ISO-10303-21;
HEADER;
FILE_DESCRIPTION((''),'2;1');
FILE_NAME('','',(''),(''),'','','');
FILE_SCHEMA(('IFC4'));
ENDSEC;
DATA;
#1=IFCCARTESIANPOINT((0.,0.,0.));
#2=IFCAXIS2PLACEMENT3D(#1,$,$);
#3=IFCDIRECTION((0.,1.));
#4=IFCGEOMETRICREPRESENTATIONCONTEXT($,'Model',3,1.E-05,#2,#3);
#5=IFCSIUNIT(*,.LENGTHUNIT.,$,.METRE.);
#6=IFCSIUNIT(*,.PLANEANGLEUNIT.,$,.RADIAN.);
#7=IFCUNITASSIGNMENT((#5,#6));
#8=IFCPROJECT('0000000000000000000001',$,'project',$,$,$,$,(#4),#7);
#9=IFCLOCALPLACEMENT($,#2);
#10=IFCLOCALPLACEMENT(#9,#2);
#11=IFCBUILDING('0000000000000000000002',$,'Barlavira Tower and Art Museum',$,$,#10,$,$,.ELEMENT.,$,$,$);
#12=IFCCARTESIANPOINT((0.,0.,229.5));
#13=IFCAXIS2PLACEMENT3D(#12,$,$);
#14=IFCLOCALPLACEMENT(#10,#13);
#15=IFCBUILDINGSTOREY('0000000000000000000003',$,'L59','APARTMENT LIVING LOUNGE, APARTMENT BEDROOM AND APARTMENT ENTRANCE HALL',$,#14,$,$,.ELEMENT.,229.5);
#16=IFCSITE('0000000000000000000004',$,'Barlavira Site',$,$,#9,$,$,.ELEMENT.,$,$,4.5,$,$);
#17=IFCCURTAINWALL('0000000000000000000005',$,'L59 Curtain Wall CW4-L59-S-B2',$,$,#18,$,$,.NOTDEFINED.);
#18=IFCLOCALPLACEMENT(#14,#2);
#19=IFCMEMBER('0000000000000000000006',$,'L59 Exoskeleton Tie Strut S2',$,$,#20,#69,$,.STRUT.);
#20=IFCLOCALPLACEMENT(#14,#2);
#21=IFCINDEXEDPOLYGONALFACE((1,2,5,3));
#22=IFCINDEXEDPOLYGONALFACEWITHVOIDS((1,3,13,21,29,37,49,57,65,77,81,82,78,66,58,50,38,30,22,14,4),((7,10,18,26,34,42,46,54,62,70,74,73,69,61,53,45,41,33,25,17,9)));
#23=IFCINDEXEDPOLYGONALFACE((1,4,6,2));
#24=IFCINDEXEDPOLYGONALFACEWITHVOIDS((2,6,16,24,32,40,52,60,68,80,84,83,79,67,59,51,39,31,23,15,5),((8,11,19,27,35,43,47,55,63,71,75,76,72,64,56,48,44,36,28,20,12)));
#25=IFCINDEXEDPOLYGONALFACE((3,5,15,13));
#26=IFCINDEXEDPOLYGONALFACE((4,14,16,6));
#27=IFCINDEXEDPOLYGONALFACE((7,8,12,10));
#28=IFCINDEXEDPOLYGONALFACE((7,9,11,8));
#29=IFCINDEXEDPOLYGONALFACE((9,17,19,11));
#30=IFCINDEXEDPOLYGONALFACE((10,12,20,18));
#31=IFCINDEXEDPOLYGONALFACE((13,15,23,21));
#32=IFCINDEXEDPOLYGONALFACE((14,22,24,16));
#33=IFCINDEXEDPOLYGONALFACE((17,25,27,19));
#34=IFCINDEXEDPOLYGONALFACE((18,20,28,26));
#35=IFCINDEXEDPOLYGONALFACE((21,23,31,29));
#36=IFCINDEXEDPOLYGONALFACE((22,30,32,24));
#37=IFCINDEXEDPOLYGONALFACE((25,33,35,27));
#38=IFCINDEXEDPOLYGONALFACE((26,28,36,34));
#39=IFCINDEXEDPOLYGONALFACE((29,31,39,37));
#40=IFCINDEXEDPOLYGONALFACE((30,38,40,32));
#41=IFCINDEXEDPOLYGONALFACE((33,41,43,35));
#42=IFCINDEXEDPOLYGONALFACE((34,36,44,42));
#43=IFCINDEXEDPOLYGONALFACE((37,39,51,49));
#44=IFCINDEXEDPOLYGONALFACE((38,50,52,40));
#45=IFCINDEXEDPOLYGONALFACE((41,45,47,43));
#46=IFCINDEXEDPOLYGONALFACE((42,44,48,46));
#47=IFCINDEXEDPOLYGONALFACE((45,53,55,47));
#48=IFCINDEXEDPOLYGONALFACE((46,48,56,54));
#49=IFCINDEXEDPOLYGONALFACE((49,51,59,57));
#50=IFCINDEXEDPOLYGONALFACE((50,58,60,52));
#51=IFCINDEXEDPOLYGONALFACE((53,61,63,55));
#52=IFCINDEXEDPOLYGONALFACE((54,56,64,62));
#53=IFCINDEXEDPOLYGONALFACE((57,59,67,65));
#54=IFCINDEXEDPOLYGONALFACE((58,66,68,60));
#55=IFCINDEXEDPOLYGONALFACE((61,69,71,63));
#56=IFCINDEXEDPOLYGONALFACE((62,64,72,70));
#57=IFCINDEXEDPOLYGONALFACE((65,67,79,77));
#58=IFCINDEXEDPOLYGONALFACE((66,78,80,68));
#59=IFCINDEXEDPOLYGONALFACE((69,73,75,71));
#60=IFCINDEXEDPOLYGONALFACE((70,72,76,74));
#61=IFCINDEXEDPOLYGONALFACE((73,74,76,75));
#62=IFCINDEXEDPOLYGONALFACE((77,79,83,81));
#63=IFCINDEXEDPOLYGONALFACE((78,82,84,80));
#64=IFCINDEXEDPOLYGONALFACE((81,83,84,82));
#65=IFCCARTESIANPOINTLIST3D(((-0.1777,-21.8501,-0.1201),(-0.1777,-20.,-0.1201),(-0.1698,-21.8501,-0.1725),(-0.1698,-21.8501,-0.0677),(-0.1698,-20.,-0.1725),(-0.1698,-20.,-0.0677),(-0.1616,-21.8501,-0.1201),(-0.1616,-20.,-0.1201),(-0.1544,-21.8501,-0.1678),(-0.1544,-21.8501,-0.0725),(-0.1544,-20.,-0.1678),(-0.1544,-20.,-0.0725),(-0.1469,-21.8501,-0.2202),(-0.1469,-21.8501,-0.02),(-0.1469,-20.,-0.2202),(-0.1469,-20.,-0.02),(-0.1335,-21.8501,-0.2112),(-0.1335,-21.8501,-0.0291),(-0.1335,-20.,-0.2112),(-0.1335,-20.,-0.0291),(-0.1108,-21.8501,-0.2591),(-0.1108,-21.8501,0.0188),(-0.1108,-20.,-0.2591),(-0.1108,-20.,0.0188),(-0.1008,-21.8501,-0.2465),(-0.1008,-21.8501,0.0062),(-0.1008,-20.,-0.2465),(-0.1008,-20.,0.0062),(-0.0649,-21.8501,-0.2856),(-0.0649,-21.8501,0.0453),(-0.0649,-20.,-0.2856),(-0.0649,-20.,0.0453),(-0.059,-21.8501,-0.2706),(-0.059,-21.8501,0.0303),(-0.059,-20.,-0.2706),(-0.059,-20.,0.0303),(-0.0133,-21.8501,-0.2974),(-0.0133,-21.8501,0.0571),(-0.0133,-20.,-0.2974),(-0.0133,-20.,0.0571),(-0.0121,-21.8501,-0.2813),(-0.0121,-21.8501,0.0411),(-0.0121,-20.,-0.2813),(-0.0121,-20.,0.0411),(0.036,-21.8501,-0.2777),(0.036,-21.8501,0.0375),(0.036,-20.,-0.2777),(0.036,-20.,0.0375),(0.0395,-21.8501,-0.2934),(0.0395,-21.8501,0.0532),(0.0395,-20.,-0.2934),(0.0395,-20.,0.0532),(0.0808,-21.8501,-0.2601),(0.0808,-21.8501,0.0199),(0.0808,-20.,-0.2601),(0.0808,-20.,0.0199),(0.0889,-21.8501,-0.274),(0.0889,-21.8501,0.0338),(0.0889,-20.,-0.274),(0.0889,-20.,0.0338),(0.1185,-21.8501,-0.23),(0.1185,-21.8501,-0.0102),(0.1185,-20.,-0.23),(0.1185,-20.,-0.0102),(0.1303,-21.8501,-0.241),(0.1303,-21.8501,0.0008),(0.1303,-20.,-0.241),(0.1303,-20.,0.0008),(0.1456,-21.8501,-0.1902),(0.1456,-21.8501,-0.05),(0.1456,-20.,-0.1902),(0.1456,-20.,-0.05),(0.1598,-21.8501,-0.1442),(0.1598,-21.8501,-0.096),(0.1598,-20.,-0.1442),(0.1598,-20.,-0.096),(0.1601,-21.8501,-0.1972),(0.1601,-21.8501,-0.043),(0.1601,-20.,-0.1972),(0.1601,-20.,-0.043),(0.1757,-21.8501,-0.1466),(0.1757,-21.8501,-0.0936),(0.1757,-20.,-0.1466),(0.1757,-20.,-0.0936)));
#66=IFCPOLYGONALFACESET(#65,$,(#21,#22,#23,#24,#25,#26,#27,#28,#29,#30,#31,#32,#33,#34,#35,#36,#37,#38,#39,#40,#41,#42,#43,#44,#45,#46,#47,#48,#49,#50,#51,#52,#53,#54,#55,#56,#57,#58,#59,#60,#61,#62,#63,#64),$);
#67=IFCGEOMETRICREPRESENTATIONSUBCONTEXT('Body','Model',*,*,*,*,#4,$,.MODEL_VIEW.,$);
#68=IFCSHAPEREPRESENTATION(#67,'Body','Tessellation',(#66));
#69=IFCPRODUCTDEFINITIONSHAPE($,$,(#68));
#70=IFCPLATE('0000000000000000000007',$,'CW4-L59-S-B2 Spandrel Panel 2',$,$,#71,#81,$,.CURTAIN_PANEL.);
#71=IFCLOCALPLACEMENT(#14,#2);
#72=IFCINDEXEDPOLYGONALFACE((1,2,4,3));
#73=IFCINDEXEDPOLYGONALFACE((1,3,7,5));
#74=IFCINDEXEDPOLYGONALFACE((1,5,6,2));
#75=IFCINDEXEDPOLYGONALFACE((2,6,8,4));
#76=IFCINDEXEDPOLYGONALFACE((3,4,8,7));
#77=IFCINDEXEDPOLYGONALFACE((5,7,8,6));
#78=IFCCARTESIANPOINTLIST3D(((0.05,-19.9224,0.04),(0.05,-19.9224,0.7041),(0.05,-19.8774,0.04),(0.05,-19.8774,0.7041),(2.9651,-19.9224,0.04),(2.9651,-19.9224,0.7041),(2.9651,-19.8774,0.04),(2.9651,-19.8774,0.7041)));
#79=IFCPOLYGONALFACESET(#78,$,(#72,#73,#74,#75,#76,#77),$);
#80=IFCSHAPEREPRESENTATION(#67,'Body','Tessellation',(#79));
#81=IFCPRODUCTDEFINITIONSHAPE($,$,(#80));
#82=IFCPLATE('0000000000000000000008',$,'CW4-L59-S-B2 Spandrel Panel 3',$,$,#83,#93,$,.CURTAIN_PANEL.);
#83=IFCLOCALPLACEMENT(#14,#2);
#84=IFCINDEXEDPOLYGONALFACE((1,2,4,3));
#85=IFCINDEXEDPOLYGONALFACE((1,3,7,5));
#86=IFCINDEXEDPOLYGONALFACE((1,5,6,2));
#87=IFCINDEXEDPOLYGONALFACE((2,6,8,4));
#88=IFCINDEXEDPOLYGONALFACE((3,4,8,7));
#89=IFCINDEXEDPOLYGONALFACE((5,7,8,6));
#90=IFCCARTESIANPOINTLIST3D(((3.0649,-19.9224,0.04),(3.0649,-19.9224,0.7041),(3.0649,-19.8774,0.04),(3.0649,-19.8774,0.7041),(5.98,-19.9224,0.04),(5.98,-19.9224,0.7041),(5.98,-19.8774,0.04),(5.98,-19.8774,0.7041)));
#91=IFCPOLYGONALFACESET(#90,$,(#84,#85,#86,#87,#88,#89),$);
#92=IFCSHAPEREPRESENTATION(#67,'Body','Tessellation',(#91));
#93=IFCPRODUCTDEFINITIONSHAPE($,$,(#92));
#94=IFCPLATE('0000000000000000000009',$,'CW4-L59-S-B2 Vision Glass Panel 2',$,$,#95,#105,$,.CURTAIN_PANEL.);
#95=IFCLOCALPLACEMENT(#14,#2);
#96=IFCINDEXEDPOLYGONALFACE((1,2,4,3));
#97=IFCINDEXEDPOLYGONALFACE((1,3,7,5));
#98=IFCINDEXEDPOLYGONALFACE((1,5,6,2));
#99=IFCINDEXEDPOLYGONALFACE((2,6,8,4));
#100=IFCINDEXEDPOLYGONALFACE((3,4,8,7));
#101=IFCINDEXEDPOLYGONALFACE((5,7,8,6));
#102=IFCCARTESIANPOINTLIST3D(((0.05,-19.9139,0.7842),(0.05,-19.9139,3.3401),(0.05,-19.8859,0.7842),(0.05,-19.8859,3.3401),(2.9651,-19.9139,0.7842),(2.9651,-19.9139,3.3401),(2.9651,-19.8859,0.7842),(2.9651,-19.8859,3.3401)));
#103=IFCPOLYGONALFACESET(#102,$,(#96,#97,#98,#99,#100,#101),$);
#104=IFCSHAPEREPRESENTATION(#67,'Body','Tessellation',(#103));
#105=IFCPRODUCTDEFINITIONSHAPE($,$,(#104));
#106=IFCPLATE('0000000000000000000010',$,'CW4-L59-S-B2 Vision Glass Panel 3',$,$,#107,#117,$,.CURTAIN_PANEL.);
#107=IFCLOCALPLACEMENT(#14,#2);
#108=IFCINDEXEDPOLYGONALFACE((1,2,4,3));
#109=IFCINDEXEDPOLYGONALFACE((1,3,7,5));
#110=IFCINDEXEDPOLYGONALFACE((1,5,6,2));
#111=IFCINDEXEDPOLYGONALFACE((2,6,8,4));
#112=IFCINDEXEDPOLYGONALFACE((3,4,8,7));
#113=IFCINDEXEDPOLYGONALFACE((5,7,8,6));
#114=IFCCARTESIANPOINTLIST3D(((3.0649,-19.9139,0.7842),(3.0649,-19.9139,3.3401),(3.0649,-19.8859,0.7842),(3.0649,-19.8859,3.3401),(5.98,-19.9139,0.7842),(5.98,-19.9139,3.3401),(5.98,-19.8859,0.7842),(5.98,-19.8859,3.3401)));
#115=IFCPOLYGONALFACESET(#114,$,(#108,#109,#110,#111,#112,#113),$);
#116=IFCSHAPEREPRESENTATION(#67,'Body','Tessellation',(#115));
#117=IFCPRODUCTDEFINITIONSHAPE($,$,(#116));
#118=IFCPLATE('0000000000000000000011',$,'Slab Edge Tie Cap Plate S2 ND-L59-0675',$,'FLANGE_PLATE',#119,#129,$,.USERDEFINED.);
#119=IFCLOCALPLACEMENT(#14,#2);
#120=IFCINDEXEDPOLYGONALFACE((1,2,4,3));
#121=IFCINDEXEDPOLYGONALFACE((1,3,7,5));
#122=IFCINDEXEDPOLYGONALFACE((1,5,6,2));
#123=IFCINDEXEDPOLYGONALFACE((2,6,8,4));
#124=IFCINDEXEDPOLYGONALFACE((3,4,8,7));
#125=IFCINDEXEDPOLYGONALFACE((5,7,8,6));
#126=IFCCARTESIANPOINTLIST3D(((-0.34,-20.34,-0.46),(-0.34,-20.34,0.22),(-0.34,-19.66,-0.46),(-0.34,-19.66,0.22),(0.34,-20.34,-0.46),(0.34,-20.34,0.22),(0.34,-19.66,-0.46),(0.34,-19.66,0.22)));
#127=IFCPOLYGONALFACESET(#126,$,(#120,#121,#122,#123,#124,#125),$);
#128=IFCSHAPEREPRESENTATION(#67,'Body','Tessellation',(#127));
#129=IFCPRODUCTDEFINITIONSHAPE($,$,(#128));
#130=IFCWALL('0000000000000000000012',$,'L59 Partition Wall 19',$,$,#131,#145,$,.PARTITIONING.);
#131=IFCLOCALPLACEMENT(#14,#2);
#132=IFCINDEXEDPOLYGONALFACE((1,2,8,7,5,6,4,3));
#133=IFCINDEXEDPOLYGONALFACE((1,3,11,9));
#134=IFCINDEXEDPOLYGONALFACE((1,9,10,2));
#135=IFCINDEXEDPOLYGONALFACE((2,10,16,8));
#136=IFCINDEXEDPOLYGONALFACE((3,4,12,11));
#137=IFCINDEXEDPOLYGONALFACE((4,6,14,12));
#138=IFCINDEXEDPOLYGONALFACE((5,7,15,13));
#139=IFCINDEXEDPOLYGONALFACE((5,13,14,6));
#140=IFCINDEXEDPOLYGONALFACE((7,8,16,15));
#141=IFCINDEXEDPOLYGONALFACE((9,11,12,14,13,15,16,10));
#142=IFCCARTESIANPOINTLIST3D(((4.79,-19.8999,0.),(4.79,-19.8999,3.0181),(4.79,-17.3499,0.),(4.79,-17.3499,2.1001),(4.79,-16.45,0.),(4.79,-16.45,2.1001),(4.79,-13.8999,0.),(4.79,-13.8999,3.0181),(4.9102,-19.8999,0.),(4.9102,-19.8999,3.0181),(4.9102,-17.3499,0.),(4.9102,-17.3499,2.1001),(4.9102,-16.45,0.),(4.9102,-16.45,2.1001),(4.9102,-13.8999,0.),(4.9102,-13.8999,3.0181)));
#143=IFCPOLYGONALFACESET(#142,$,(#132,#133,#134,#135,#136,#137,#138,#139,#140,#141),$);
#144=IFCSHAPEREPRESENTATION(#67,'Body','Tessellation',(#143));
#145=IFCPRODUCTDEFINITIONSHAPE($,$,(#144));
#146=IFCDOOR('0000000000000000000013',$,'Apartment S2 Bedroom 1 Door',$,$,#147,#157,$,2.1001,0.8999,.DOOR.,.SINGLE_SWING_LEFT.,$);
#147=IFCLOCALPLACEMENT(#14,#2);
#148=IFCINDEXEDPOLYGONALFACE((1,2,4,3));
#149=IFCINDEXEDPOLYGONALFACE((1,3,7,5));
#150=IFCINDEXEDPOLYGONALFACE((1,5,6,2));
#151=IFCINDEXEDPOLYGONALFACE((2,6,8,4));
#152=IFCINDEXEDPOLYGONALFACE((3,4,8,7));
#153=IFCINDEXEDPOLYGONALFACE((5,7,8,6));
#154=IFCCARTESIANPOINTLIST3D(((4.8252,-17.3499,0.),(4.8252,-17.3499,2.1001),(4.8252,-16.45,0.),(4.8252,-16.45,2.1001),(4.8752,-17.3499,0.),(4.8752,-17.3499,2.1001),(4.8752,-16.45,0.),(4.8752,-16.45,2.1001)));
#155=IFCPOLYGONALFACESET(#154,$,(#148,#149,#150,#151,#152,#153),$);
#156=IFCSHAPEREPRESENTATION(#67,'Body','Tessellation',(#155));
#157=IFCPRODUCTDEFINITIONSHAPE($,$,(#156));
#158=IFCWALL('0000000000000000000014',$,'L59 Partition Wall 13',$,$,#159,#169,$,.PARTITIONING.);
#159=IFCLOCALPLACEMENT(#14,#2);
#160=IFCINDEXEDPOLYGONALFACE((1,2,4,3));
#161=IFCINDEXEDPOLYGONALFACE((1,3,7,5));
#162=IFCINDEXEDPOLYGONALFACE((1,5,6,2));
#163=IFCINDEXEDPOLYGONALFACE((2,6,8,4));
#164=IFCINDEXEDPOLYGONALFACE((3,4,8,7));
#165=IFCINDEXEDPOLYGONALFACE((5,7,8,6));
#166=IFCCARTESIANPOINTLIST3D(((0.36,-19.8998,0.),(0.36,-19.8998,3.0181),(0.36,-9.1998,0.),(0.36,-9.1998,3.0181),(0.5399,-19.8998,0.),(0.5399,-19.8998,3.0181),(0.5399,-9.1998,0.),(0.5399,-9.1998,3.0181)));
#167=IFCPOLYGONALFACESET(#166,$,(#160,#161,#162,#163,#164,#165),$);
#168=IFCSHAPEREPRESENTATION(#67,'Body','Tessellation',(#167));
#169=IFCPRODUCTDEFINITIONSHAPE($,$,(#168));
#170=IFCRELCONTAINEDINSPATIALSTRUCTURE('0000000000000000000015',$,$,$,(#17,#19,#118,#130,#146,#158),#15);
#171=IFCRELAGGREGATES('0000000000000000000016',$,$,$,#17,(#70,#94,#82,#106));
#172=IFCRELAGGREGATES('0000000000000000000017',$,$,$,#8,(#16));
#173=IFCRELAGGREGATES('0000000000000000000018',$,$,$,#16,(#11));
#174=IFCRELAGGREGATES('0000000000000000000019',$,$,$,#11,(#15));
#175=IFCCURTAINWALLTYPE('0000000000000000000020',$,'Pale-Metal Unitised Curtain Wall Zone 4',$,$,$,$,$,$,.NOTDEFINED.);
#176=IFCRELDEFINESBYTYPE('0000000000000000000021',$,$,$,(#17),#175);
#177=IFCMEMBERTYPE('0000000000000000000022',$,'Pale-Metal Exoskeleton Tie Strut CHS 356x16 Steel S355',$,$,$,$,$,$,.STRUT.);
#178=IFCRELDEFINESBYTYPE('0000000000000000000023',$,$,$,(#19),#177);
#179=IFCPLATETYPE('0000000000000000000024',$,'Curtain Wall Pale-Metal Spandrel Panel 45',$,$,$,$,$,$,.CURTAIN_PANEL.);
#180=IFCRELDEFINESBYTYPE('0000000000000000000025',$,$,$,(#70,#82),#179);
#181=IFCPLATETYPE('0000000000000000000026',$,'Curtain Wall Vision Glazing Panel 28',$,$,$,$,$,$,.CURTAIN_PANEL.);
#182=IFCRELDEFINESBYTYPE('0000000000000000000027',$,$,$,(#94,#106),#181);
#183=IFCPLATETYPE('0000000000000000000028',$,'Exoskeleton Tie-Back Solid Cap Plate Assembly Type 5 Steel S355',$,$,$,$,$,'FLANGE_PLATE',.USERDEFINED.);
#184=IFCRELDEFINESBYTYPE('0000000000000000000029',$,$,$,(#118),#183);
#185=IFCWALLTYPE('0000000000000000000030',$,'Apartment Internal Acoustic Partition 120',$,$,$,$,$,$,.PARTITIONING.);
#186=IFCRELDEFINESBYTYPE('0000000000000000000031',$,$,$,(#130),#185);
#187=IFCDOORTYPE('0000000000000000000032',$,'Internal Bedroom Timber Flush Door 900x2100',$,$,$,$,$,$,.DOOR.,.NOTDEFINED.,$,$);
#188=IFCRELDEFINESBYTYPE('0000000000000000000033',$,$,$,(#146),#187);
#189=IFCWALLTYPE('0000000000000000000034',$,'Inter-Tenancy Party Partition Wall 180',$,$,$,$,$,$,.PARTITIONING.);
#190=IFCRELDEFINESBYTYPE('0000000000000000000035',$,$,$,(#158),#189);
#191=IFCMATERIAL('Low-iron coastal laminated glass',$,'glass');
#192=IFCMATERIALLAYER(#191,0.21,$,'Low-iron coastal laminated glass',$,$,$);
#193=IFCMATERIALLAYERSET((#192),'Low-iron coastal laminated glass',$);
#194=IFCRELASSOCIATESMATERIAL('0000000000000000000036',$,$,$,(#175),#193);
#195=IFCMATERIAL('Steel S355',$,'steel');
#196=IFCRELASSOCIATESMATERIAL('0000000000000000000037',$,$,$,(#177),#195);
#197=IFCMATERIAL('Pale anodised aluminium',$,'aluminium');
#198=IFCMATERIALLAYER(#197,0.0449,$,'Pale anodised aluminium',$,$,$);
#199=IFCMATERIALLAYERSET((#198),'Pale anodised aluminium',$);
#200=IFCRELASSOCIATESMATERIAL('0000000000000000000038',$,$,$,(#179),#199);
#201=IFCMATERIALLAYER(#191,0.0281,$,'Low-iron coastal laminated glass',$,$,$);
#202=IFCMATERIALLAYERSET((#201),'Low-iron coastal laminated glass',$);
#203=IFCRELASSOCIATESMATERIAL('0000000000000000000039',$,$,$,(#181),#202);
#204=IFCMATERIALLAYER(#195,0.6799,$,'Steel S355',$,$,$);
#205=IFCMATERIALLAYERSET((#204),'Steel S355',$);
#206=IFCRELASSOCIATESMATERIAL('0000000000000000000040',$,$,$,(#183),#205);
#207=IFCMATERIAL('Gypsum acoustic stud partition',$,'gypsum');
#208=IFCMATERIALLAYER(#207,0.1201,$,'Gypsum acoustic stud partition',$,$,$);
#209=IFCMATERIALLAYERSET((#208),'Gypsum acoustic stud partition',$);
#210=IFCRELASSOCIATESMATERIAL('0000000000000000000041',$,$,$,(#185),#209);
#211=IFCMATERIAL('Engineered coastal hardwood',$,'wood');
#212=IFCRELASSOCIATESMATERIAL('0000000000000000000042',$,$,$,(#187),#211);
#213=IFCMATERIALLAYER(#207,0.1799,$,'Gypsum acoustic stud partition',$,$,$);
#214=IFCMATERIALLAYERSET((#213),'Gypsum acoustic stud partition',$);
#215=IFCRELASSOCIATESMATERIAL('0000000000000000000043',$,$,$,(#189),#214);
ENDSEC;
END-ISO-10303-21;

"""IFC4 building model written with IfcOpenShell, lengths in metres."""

from ifc_helpers import new_model, si_unit, direction, frame, frame_2d, origin, origin_2d, place, context, subcontext, project, spatial, rectangle, hollow_circle, extrude, material, layer, layer_set, material_profile, profile_set, type_object, element, fill, aggregate, save


model = new_model("IFC4")

# Units and contexts
model_context = context("Model", 3, precision=1e-05, world=origin(), true_north=direction((0.0, 1.0)))
body_context = subcontext(model_context, "Body", "Model", "MODEL_VIEW")
ifc_project = project(units=[si_unit("LENGTHUNIT", "METRE"), si_unit("PLANEANGLEUNIT", "RADIAN")], contexts=[model_context])

# Site, building, storey
site_placement = place(None, origin())
site = spatial("IfcSite", under=ifc_project, at=site_placement, Name="Barlavira Site", CompositionType="ELEMENT", RefElevation=4.5)
building_placement = place(site_placement, origin())
building = spatial("IfcBuilding", under=site, at=building_placement, Name="Barlavira Tower and Art Museum", CompositionType="ELEMENT")
storey_placement = place(building_placement, frame((0.0, 0.0, 229.5)))
storey = spatial("IfcBuildingStorey", under=building, at=storey_placement, Name="L59", Description="APARTMENT LIVING LOUNGE, APARTMENT BEDROOM AND APARTMENT ENTRANCE HALL", CompositionType="ELEMENT", Elevation=229.5)

# Curtain wall
ifc_material_1 = material(Name="Low-iron coastal laminated glass", Category="glass")
ifc_layer_1 = layer(ifc_material_1, 0.21, Name="Low-iron coastal laminated glass")
ifc_layer_set_1 = layer_set([ifc_layer_1], Name="Low-iron coastal laminated glass")
curtain_wall_type = type_object("IfcCurtainWallType", Name="Pale-Metal Unitised Curtain Wall Zone 4", PredefinedType="NOTDEFINED", material=ifc_layer_set_1)
curtain_wall_placement = place(storey_placement, origin())
curtain_wall = element("IfcCurtainWall", 1, at=curtain_wall_placement, inside=storey, type_object=curtain_wall_type, Name="L59 Curtain Wall CW4-L59-S-B2", PredefinedType="NOTDEFINED")
ifc_material_2 = material(Name="Pale anodised aluminium", Category="aluminium")

# Member
ifc_material_3 = material(Name="Steel S355", Category="steel")
ifc_material_profile_1 = material_profile(ifc_material_3, hollow_circle(Radius=0.1777, WallThickness=0.0161, at=origin_2d()), Name="CHS 355.6x16.0")
ifc_profile_set_1 = profile_set([ifc_material_profile_1], Name="Steel S355")
member_type_1 = type_object("IfcMemberType", Name="Pale-Metal Exoskeleton Tie Strut CHS 356x16 Steel S355", PredefinedType="STRUT", material=ifc_profile_set_1)
member_1_placement = place(storey_placement, frame((0.0, -21.8501, -0.1201), z_axis=(0.0, 1.0, 0.0), x_axis=(-1.0, 0.0, 0.0)))
element("IfcMember", 2, at=member_1_placement, inside=storey, type_object=member_type_1, Name="L59 Exoskeleton Tie Strut S2", PredefinedType="STRUT", context=body_context, shape_type="SweptSolid", body=[
    extrude(hollow_circle(Radius=0.1777, WallThickness=0.0161, at=origin_2d()), origin(), (0.0, 0.0, 1.0), 1.8501),
])

# Plates
ifc_layer_2 = layer(ifc_material_2, 0.0449, Name="Pale anodised aluminium")
ifc_layer_set_2 = layer_set([ifc_layer_2], Name="Pale anodised aluminium")
plate_type_1 = type_object("IfcPlateType", Name="Curtain Wall Pale-Metal Spandrel Panel 45", PredefinedType="CURTAIN_PANEL", material=ifc_layer_set_2)
plate_1_placement = place(storey_placement, frame((1.5076, -19.8999, 0.04), z_axis=(0.0, 0.0, 1.0), x_axis=(1.0, 0.0, 0.0)))
plate_1 = element("IfcPlate", 3, at=plate_1_placement, type_object=plate_type_1, Name="CW4-L59-S-B2 Spandrel Panel 2", PredefinedType="CURTAIN_PANEL", context=body_context, shape_type="SweptSolid", body=[
    extrude(rectangle(XDim=2.915, YDim=0.0449, at=origin_2d()), origin(), (0.0, 0.0, 1.0), 0.6641),
])
plate_2_placement = place(storey_placement, frame((4.5225, -19.8999, 0.04), z_axis=(0.0, 0.0, 1.0), x_axis=(1.0, 0.0, 0.0)))
plate_2 = element("IfcPlate", 4, at=plate_2_placement, type_object=plate_type_1, Name="CW4-L59-S-B2 Spandrel Panel 3", PredefinedType="CURTAIN_PANEL", context=body_context, shape_type="SweptSolid", body=[
    extrude(rectangle(XDim=2.915, YDim=0.0449, at=origin_2d()), origin(), (0.0, 0.0, 1.0), 0.6641),
])
ifc_layer_3 = layer(ifc_material_1, 0.0281, Name="Low-iron coastal laminated glass")
ifc_layer_set_3 = layer_set([ifc_layer_3], Name="Low-iron coastal laminated glass")
plate_type_2 = type_object("IfcPlateType", Name="Curtain Wall Vision Glazing Panel 28", PredefinedType="CURTAIN_PANEL", material=ifc_layer_set_3)
plate_3_placement = place(storey_placement, frame((1.5076, -19.8999, 0.7842), z_axis=(0.0, 0.0, 1.0), x_axis=(1.0, 0.0, 0.0)))
plate_3 = element("IfcPlate", 5, at=plate_3_placement, type_object=plate_type_2, Name="CW4-L59-S-B2 Vision Glass Panel 2", PredefinedType="CURTAIN_PANEL", context=body_context, shape_type="SweptSolid", body=[
    extrude(rectangle(XDim=2.915, YDim=0.0281, at=origin_2d()), origin(), (0.0, 0.0, 1.0), 2.5559),
])
plate_4_placement = place(storey_placement, frame((4.5225, -19.8999, 0.7842), z_axis=(0.0, 0.0, 1.0), x_axis=(1.0, 0.0, 0.0)))
plate_4 = element("IfcPlate", 6, at=plate_4_placement, type_object=plate_type_2, Name="CW4-L59-S-B2 Vision Glass Panel 3", PredefinedType="CURTAIN_PANEL", context=body_context, shape_type="SweptSolid", body=[
    extrude(rectangle(XDim=2.915, YDim=0.0281, at=origin_2d()), origin(), (0.0, 0.0, 1.0), 2.5559),
])
aggregate(curtain_wall, [plate_1, plate_3, plate_2, plate_4])
ifc_layer_4 = layer(ifc_material_3, 0.6799, Name="Steel S355")
ifc_layer_set_4 = layer_set([ifc_layer_4], Name="Steel S355")
plate_type_3 = type_object("IfcPlateType", Name="Exoskeleton Tie-Back Solid Cap Plate Assembly Type 5 Steel S355", ElementType="FLANGE_PLATE", PredefinedType="USERDEFINED", material=ifc_layer_set_4)
plate_5_placement = place(storey_placement, frame((0.0, -20.0, -0.46), z_axis=(0.0, 0.0, 1.0), x_axis=(1.0, 0.0, 0.0)))
element("IfcPlate", 7, at=plate_5_placement, inside=storey, type_object=plate_type_3, Name="Slab Edge Tie Cap Plate S2 ND-L59-0675", ObjectType="FLANGE_PLATE", PredefinedType="USERDEFINED", context=body_context, shape_type="SweptSolid", body=[
    extrude(rectangle(XDim=0.6799, YDim=0.6799, at=origin_2d()), origin(), (0.0, 0.0, 1.0), 0.6799),
])

# Wall, opening, door
ifc_material_4 = material(Name="Gypsum acoustic stud partition", Category="gypsum")
ifc_layer_5 = layer(ifc_material_4, 0.1201, Name="Gypsum acoustic stud partition")
ifc_layer_set_5 = layer_set([ifc_layer_5], Name="Gypsum acoustic stud partition")
wall_type_1 = type_object("IfcWallType", Name="Apartment Internal Acoustic Partition 120", PredefinedType="PARTITIONING", material=ifc_layer_set_5)
wall_1_placement = place(storey_placement, frame((4.8501, -19.8999, 0.0), z_axis=(0.0, 0.0, 1.0), x_axis=(0.0, 1.0, 0.0)))
wall_1 = element("IfcWall", 8, at=wall_1_placement, inside=storey, type_object=wall_type_1, Name="L59 Partition Wall 19", PredefinedType="PARTITIONING", context=body_context, shape_type="SweptSolid", body=[
    extrude(rectangle(XDim=6.0, YDim=0.1201, at=frame_2d((3.0, 0.0))), origin(), (0.0, 0.0, 1.0), 3.0181),
])
opening_1_placement = place(wall_1_placement, frame((2.55, 0.0, 0.0)))
opening_1 = element("IfcOpeningElement", 9, at=opening_1_placement, cuts=wall_1, PredefinedType="OPENING", context=body_context, shape_type="SweptSolid", body=[
    extrude(rectangle(XDim=0.8999, YDim=2.1001, at=frame_2d((0.45, 1.05))), frame((0.0, 0.0701, 0.0), z_axis=(0.0, -1.0, 0.0), x_axis=(1.0, 0.0, 0.0)), (0.0, 0.0, 1.0), 0.1401),
])
ifc_material_5 = material(Name="Engineered coastal hardwood", Category="wood")
door_type_1 = type_object("IfcDoorType", Name="Internal Bedroom Timber Flush Door 900x2100", OperationType="NOTDEFINED", PredefinedType="DOOR", material=ifc_material_5)
door_1_placement = place(opening_1_placement, origin())
door_1 = element("IfcDoor", 10, at=door_1_placement, inside=storey, type_object=door_type_1, Name="Apartment S2 Bedroom 1 Door", OperationType="SINGLE_SWING_LEFT", OverallHeight=2.1001, OverallWidth=0.8999, PredefinedType="DOOR", context=body_context, shape_type="SweptSolid", body=[
    extrude(rectangle(XDim=0.8999, YDim=2.1001, at=frame_2d((0.45, 1.05))), frame((0.0, 0.0249, 0.0), z_axis=(0.0, -1.0, 0.0), x_axis=(1.0, 0.0, 0.0)), (0.0, 0.0, 1.0), 0.05),
])
fill(opening_1, door_1)

# Wall
ifc_layer_6 = layer(ifc_material_4, 0.1799, Name="Gypsum acoustic stud partition")
ifc_layer_set_6 = layer_set([ifc_layer_6], Name="Gypsum acoustic stud partition")
wall_type_2 = type_object("IfcWallType", Name="Inter-Tenancy Party Partition Wall 180", PredefinedType="PARTITIONING", material=ifc_layer_set_6)
wall_2_placement = place(storey_placement, frame((0.45, -19.8999, 0.0), z_axis=(0.0, 0.0, 1.0), x_axis=(0.0, 1.0, 0.0)))
element("IfcWall", 11, at=wall_2_placement, inside=storey, type_object=wall_type_2, Name="L59 Partition Wall 13", PredefinedType="PARTITIONING", context=body_context, shape_type="SweptSolid", body=[
    extrude(rectangle(XDim=10.7, YDim=0.1799, at=frame_2d((5.3501, 0.0))), origin(), (0.0, 0.0, 1.0), 3.0181),
])

save(model, "model.ifc")
